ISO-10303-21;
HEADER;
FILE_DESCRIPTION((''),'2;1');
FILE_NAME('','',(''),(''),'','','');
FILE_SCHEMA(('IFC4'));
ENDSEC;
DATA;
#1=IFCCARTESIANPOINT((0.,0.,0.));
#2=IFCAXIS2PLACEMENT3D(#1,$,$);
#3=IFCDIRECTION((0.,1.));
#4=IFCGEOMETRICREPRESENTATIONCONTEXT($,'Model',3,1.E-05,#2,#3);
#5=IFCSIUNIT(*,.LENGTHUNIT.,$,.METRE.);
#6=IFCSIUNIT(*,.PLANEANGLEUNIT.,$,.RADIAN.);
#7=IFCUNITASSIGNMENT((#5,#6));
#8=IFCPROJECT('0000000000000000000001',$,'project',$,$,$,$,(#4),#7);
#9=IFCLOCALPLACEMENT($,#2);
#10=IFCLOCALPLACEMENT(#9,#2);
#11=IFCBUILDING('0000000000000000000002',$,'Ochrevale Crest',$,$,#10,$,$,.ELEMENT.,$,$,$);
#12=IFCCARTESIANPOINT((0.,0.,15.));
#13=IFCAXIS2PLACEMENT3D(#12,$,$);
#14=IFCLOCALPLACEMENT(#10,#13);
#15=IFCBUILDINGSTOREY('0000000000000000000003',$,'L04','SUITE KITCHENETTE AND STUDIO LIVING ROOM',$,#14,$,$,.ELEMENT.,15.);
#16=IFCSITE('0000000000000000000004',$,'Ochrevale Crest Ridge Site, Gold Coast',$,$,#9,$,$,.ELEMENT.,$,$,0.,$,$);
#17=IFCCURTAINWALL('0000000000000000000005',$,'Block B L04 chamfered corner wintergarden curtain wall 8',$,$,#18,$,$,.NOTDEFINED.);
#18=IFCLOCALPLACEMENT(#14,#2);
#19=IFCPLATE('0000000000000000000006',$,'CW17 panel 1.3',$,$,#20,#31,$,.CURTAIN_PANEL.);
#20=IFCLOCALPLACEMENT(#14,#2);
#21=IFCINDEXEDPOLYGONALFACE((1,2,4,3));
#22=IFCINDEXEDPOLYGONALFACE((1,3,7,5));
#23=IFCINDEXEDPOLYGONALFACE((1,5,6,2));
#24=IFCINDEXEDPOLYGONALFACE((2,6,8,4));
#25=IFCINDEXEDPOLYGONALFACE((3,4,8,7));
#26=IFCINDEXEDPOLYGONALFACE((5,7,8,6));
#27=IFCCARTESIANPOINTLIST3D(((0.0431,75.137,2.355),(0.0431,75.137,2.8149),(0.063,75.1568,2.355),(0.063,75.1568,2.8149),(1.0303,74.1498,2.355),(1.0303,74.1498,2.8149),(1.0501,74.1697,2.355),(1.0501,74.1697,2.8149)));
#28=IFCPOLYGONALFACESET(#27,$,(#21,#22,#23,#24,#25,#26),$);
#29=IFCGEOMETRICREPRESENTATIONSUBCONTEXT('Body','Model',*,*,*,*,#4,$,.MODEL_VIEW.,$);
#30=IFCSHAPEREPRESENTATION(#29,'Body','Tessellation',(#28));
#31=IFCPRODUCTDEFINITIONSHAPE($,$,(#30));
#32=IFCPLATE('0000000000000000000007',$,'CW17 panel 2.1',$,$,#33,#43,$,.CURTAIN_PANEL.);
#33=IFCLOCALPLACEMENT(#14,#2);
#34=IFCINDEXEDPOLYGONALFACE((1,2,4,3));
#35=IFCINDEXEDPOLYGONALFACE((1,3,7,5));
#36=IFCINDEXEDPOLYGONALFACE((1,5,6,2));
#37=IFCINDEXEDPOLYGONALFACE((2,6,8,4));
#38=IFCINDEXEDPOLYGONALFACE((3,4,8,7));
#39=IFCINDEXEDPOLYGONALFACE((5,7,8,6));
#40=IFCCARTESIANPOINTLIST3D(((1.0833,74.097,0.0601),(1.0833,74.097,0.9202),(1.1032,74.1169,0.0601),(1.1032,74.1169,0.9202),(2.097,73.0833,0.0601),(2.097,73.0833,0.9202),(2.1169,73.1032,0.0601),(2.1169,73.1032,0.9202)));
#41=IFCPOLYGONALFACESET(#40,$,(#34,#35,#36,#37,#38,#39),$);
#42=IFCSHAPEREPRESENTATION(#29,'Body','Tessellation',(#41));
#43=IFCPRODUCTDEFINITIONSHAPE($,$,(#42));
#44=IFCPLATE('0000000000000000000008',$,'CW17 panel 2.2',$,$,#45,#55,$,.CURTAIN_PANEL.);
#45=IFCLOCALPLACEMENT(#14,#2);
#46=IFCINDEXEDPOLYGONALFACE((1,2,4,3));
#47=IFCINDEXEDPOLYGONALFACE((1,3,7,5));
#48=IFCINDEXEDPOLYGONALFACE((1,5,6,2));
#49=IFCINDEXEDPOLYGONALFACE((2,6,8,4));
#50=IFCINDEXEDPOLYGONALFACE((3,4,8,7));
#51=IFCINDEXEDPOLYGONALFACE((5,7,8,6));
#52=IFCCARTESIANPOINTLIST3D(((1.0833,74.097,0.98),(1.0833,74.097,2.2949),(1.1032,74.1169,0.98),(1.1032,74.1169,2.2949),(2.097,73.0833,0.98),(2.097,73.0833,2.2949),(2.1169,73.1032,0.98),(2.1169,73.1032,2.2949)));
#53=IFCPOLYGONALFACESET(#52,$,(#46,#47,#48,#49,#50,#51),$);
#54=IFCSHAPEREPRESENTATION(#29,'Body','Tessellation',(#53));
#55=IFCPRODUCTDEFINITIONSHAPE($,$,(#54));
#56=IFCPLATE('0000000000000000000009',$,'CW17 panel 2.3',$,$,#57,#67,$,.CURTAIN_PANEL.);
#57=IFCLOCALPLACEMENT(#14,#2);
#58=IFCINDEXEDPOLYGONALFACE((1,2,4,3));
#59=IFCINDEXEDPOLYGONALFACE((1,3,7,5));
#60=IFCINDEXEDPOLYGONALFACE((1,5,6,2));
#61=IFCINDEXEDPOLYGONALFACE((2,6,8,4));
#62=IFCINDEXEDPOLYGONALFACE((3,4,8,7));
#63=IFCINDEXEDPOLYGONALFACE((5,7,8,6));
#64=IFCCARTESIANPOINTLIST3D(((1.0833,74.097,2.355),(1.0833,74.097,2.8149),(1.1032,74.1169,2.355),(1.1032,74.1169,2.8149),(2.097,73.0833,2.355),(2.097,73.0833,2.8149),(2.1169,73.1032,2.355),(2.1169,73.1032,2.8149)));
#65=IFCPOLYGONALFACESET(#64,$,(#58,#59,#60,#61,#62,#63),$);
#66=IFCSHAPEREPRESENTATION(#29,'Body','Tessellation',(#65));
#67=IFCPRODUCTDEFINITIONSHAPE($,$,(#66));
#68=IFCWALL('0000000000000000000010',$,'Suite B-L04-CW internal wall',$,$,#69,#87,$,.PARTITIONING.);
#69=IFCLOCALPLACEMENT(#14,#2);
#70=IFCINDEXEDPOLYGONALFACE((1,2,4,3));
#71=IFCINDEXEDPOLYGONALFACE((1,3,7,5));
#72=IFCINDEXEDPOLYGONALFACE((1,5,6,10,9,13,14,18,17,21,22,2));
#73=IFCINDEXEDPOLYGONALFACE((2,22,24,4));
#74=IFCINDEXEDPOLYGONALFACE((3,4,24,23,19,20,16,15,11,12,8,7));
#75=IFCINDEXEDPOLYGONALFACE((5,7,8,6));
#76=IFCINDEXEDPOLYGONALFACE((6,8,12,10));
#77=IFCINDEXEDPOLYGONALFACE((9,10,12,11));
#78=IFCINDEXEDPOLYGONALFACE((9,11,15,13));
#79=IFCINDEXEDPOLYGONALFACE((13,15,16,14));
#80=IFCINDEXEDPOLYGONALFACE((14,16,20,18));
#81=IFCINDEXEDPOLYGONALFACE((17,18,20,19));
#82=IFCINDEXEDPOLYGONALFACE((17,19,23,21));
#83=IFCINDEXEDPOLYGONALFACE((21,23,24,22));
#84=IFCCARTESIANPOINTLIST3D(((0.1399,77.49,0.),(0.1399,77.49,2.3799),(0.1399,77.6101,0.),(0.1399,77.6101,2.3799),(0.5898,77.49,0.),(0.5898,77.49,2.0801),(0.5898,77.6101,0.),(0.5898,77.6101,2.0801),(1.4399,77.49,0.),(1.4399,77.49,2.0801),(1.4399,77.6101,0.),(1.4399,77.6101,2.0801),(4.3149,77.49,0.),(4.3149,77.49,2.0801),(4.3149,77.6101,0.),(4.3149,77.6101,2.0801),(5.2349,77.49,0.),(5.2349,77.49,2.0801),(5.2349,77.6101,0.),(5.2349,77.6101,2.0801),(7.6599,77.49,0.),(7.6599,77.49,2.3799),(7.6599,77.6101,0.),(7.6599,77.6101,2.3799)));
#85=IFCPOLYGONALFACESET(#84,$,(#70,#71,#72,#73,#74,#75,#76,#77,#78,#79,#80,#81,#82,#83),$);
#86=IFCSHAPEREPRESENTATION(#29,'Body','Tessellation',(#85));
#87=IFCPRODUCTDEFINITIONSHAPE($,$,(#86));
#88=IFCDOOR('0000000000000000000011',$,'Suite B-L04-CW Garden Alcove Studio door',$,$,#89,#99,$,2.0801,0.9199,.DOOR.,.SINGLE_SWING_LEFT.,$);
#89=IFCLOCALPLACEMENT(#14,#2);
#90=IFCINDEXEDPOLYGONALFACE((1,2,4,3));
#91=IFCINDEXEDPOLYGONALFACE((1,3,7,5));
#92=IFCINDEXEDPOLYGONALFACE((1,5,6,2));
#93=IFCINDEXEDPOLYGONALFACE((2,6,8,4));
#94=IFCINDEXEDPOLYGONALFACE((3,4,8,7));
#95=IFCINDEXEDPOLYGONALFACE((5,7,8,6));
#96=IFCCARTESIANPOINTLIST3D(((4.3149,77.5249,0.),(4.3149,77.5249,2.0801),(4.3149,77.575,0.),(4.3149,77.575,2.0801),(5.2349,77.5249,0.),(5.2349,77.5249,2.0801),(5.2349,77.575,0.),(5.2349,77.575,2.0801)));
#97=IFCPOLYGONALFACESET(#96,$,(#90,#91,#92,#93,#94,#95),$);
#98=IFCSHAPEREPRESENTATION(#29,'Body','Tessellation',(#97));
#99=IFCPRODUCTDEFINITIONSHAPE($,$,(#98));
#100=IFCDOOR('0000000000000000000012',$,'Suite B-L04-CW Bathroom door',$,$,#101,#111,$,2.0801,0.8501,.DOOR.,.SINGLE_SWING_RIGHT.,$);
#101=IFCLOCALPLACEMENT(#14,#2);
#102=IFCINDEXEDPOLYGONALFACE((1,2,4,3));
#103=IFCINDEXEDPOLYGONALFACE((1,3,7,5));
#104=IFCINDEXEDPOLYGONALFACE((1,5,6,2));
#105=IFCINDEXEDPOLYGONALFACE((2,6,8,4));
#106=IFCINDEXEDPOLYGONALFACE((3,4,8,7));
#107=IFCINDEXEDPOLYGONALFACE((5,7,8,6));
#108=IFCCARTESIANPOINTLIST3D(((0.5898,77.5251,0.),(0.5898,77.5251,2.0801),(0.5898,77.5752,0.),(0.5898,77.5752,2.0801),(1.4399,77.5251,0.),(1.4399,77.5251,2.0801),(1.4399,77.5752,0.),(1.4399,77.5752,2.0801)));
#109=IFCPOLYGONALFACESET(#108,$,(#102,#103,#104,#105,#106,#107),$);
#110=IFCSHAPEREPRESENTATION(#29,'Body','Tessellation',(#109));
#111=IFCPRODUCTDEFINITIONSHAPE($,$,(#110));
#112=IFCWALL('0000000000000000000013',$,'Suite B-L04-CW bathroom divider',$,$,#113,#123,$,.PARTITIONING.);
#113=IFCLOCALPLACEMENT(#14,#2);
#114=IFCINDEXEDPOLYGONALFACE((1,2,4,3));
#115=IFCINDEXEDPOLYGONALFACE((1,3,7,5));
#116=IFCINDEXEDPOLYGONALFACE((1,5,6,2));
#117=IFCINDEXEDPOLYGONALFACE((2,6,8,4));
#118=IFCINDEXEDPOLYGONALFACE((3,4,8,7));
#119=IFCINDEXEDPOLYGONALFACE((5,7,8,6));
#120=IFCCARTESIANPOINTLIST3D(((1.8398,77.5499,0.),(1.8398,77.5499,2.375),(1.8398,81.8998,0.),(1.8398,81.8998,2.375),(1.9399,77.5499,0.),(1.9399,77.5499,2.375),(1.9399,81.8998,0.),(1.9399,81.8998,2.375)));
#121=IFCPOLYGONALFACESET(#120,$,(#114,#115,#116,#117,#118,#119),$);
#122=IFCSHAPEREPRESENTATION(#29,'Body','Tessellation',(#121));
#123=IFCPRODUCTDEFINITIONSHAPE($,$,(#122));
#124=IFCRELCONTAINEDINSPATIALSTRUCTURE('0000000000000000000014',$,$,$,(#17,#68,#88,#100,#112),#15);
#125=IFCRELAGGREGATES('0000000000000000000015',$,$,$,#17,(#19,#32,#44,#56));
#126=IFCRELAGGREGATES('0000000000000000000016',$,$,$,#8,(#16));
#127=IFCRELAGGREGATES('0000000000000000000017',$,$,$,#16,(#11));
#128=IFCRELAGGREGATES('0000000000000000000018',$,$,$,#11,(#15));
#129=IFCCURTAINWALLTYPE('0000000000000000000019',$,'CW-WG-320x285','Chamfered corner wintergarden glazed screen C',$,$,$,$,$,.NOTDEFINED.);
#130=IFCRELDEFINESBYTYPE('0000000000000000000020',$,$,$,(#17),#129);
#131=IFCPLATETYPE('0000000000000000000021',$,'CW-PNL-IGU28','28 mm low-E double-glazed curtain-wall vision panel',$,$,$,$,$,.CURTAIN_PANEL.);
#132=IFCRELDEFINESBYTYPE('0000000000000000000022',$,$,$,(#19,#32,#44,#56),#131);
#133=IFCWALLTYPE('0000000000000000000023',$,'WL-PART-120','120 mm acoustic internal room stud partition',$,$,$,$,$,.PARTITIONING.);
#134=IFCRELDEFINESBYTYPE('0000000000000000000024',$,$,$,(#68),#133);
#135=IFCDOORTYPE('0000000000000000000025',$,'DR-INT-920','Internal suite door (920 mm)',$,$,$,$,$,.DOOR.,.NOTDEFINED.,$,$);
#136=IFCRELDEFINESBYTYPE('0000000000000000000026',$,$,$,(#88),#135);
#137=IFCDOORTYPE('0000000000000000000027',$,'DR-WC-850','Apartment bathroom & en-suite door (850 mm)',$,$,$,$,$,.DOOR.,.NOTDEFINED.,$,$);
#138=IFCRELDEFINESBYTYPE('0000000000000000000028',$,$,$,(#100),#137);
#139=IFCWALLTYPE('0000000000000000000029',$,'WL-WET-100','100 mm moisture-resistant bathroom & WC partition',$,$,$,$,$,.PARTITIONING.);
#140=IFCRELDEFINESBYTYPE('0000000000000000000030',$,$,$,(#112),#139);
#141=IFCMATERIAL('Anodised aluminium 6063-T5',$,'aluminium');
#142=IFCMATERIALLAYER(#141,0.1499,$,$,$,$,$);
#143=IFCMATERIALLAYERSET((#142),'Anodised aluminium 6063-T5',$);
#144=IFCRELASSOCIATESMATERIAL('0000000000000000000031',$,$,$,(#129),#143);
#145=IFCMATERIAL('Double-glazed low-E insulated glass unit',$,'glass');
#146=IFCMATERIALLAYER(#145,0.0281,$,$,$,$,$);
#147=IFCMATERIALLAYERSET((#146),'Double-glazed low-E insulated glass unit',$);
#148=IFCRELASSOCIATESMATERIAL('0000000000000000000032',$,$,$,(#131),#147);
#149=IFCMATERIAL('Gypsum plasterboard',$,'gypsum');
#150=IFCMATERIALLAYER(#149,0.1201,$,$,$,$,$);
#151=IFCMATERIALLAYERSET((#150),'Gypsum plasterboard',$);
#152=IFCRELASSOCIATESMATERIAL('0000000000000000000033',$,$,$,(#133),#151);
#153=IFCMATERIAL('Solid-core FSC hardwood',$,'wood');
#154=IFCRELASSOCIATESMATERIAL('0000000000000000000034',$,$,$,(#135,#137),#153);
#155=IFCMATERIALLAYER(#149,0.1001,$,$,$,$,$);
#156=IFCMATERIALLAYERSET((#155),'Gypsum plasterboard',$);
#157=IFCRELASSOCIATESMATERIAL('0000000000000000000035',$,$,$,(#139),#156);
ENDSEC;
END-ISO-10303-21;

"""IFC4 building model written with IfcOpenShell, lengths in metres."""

from ifc_helpers import new_model, si_unit, direction, frame, frame_2d, origin, origin_2d, place, context, subcontext, project, spatial, rectangle, extrude, material, layer, layer_set, type_object, element, fill, aggregate, save


model = new_model("IFC4")

# Units and contexts
model_context = context("Model", 3, precision=1e-05, world=origin(), true_north=direction((0.0, 1.0)))
body_context = subcontext(model_context, "Body", "Model", "MODEL_VIEW")
ifc_project = project(units=[si_unit("LENGTHUNIT", "METRE"), si_unit("PLANEANGLEUNIT", "RADIAN")], contexts=[model_context])

# Site, building, storey
site_placement = place(None, origin())
site = spatial("IfcSite", under=ifc_project, at=site_placement, Name="Ochrevale Crest Ridge Site, Gold Coast", CompositionType="ELEMENT", RefElevation=0.0)
building_placement = place(site_placement, origin())
building = spatial("IfcBuilding", under=site, at=building_placement, Name="Ochrevale Crest", CompositionType="ELEMENT")
storey_placement = place(building_placement, frame((0.0, 0.0, 15.0)))
storey = spatial("IfcBuildingStorey", under=building, at=storey_placement, Name="L04", Description="SUITE KITCHENETTE AND STUDIO LIVING ROOM", CompositionType="ELEMENT", Elevation=15.0)

# Curtain wall, plates
ifc_material_1 = material(Name="Anodised aluminium 6063-T5", Category="aluminium")
ifc_layer_1 = layer(ifc_material_1, 0.1499)
ifc_layer_set_1 = layer_set([ifc_layer_1], Name="Anodised aluminium 6063-T5")
curtain_wall_type = type_object("IfcCurtainWallType", Name="CW-WG-320x285", Description="Chamfered corner wintergarden glazed screen C", PredefinedType="NOTDEFINED", material=ifc_layer_set_1)
curtain_wall_placement = place(storey_placement, origin())
curtain_wall = element("IfcCurtainWall", 1, at=curtain_wall_placement, inside=storey, type_object=curtain_wall_type, Name="Block B L04 chamfered corner wintergarden curtain wall 8", PredefinedType="NOTDEFINED")
ifc_material_2 = material(Name="Double-glazed low-E insulated glass unit", Category="glass")
ifc_layer_2 = layer(ifc_material_2, 0.0281)
ifc_layer_set_2 = layer_set([ifc_layer_2], Name="Double-glazed low-E insulated glass unit")
plate_type = type_object("IfcPlateType", Name="CW-PNL-IGU28", Description="28 mm low-E double-glazed curtain-wall vision panel", PredefinedType="CURTAIN_PANEL", material=ifc_layer_set_2)
plate_1_placement = place(storey_placement, frame((0.5466, 74.6533, 2.355), z_axis=(0.0, 0.0, 1.0), x_axis=(0.707107, -0.707107, 0.0)))
plate_1 = element("IfcPlate", 2, at=plate_1_placement, type_object=plate_type, Name="CW17 panel 1.3", PredefinedType="CURTAIN_PANEL", context=body_context, shape_type="SweptSolid", body=[
    extrude(rectangle(XDim=1.396, YDim=0.0281, at=origin_2d()), origin(), (0.0, 0.0, 1.0), 0.46),
])
plate_2_placement = place(storey_placement, frame((1.6001, 73.6001, 0.0601), z_axis=(0.0, 0.0, 1.0), x_axis=(0.707107, -0.707107, 0.0)))
plate_2 = element("IfcPlate", 3, at=plate_2_placement, type_object=plate_type, Name="CW17 panel 2.1", PredefinedType="CURTAIN_PANEL", context=body_context, shape_type="SweptSolid", body=[
    extrude(rectangle(XDim=1.4336, YDim=0.0281, at=origin_2d()), origin(), (0.0, 0.0, 1.0), 0.8601),
])
plate_3_placement = place(storey_placement, frame((1.6001, 73.6001, 0.98), z_axis=(0.0, 0.0, 1.0), x_axis=(0.707107, -0.707107, 0.0)))
plate_3 = element("IfcPlate", 4, at=plate_3_placement, type_object=plate_type, Name="CW17 panel 2.2", PredefinedType="CURTAIN_PANEL", context=body_context, shape_type="SweptSolid", body=[
    extrude(rectangle(XDim=1.4336, YDim=0.0281, at=origin_2d()), origin(), (0.0, 0.0, 1.0), 1.3149),
])
plate_4_placement = place(storey_placement, frame((1.6001, 73.6001, 2.355), z_axis=(0.0, 0.0, 1.0), x_axis=(0.707107, -0.707107, 0.0)))
plate_4 = element("IfcPlate", 5, at=plate_4_placement, type_object=plate_type, Name="CW17 panel 2.3", PredefinedType="CURTAIN_PANEL", context=body_context, shape_type="SweptSolid", body=[
    extrude(rectangle(XDim=1.4336, YDim=0.0281, at=origin_2d()), origin(), (0.0, 0.0, 1.0), 0.46),
])
aggregate(curtain_wall, [plate_1, plate_2, plate_3, plate_4])

# Wall, openings, doors
ifc_material_3 = material(Name="Gypsum plasterboard", Category="gypsum")
ifc_layer_3 = layer(ifc_material_3, 0.1201)
ifc_layer_set_3 = layer_set([ifc_layer_3], Name="Gypsum plasterboard")
wall_type_1 = type_object("IfcWallType", Name="WL-PART-120", Description="120 mm acoustic internal room stud partition", PredefinedType="PARTITIONING", material=ifc_layer_set_3)
wall_1_placement = place(storey_placement, frame((0.1399, 77.55, 0.0), z_axis=(0.0, 0.0, 1.0), x_axis=(1.0, 0.0, 0.0)))
wall_1 = element("IfcWall", 6, at=wall_1_placement, inside=storey, type_object=wall_type_1, Name="Suite B-L04-CW internal wall", PredefinedType="PARTITIONING", context=body_context, shape_type="SweptSolid", body=[
    extrude(rectangle(XDim=7.52, YDim=0.1201, at=frame_2d((3.76, 0.0))), origin(), (0.0, 0.0, 1.0), 2.3799),
])
opening_1_placement = place(wall_1_placement, frame((1.3, 0.0, 0.0), z_axis=(0.0, 0.0, 1.0), x_axis=(-1.0, 0.0, 0.0)))
opening_1 = element("IfcOpeningElement", 7, at=opening_1_placement, cuts=wall_1, PredefinedType="OPENING", context=body_context, shape_type="SweptSolid", body=[
    extrude(rectangle(XDim=0.8501, YDim=2.0801, at=frame_2d((0.425, 1.04))), frame((0.0, 0.0701, 0.0), z_axis=(0.0, -1.0, 0.0), x_axis=(1.0, 0.0, 0.0)), (0.0, 0.0, 1.0), 0.1401),
])
opening_2_placement = place(wall_1_placement, frame((4.175, 0.0, 0.0)))
opening_2 = element("IfcOpeningElement", 8, at=opening_2_placement, cuts=wall_1, PredefinedType="OPENING", context=body_context, shape_type="SweptSolid", body=[
    extrude(rectangle(XDim=0.9199, YDim=2.0801, at=frame_2d((0.46, 1.04))), frame((0.0, 0.0701, 0.0), z_axis=(0.0, -1.0, 0.0), x_axis=(1.0, 0.0, 0.0)), (0.0, 0.0, 1.0), 0.1401),
])
ifc_material_4 = material(Name="Solid-core FSC hardwood", Category="wood")
door_type_1 = type_object("IfcDoorType", Name="DR-INT-920", Description="Internal suite door (920 mm)", OperationType="NOTDEFINED", PredefinedType="DOOR", material=ifc_material_4)
door_1_placement = place(opening_2_placement, origin())
door_1 = element("IfcDoor", 9, at=door_1_placement, inside=storey, type_object=door_type_1, Name="Suite B-L04-CW Garden Alcove Studio door", OperationType="SINGLE_SWING_LEFT", OverallHeight=2.0801, OverallWidth=0.9199, PredefinedType="DOOR", context=body_context, shape_type="SweptSolid", body=[
    extrude(rectangle(XDim=0.9199, YDim=2.0801, at=frame_2d((0.46, 1.04))), frame((0.0, 0.0249, 0.0), z_axis=(0.0, -1.0, 0.0), x_axis=(1.0, 0.0, 0.0)), (0.0, 0.0, 1.0), 0.05),
])
fill(opening_2, door_1)
door_type_2 = type_object("IfcDoorType", Name="DR-WC-850", Description="Apartment bathroom & en-suite door (850 mm)", OperationType="NOTDEFINED", PredefinedType="DOOR", material=ifc_material_4)
door_2_placement = place(opening_1_placement, origin())
door_2 = element("IfcDoor", 10, at=door_2_placement, inside=storey, type_object=door_type_2, Name="Suite B-L04-CW Bathroom door", OperationType="SINGLE_SWING_RIGHT", OverallHeight=2.0801, OverallWidth=0.8501, PredefinedType="DOOR", context=body_context, shape_type="SweptSolid", body=[
    extrude(rectangle(XDim=0.8501, YDim=2.0801, at=frame_2d((0.425, 1.04))), frame((0.0, 0.0249, 0.0), z_axis=(0.0, -1.0, 0.0), x_axis=(1.0, 0.0, 0.0)), (0.0, 0.0, 1.0), 0.05),
])
fill(opening_1, door_2)

# Wall
ifc_layer_4 = layer(ifc_material_3, 0.1001)
ifc_layer_set_4 = layer_set([ifc_layer_4], Name="Gypsum plasterboard")
wall_type_2 = type_object("IfcWallType", Name="WL-WET-100", Description="100 mm moisture-resistant bathroom & WC partition", PredefinedType="PARTITIONING", material=ifc_layer_set_4)
wall_2_placement = place(storey_placement, frame((1.8899, 77.55, 0.0), z_axis=(0.0, 0.0, 1.0), x_axis=(0.0, 1.0, 0.0)))
element("IfcWall", 11, at=wall_2_placement, inside=storey, type_object=wall_type_2, Name="Suite B-L04-CW bathroom divider", PredefinedType="PARTITIONING", context=body_context, shape_type="SweptSolid", body=[
    extrude(rectangle(XDim=4.3499, YDim=0.1001, at=frame_2d((2.1748, 0.0))), origin(), (0.0, 0.0, 1.0), 2.375),
])

save(model, "model.ifc")
